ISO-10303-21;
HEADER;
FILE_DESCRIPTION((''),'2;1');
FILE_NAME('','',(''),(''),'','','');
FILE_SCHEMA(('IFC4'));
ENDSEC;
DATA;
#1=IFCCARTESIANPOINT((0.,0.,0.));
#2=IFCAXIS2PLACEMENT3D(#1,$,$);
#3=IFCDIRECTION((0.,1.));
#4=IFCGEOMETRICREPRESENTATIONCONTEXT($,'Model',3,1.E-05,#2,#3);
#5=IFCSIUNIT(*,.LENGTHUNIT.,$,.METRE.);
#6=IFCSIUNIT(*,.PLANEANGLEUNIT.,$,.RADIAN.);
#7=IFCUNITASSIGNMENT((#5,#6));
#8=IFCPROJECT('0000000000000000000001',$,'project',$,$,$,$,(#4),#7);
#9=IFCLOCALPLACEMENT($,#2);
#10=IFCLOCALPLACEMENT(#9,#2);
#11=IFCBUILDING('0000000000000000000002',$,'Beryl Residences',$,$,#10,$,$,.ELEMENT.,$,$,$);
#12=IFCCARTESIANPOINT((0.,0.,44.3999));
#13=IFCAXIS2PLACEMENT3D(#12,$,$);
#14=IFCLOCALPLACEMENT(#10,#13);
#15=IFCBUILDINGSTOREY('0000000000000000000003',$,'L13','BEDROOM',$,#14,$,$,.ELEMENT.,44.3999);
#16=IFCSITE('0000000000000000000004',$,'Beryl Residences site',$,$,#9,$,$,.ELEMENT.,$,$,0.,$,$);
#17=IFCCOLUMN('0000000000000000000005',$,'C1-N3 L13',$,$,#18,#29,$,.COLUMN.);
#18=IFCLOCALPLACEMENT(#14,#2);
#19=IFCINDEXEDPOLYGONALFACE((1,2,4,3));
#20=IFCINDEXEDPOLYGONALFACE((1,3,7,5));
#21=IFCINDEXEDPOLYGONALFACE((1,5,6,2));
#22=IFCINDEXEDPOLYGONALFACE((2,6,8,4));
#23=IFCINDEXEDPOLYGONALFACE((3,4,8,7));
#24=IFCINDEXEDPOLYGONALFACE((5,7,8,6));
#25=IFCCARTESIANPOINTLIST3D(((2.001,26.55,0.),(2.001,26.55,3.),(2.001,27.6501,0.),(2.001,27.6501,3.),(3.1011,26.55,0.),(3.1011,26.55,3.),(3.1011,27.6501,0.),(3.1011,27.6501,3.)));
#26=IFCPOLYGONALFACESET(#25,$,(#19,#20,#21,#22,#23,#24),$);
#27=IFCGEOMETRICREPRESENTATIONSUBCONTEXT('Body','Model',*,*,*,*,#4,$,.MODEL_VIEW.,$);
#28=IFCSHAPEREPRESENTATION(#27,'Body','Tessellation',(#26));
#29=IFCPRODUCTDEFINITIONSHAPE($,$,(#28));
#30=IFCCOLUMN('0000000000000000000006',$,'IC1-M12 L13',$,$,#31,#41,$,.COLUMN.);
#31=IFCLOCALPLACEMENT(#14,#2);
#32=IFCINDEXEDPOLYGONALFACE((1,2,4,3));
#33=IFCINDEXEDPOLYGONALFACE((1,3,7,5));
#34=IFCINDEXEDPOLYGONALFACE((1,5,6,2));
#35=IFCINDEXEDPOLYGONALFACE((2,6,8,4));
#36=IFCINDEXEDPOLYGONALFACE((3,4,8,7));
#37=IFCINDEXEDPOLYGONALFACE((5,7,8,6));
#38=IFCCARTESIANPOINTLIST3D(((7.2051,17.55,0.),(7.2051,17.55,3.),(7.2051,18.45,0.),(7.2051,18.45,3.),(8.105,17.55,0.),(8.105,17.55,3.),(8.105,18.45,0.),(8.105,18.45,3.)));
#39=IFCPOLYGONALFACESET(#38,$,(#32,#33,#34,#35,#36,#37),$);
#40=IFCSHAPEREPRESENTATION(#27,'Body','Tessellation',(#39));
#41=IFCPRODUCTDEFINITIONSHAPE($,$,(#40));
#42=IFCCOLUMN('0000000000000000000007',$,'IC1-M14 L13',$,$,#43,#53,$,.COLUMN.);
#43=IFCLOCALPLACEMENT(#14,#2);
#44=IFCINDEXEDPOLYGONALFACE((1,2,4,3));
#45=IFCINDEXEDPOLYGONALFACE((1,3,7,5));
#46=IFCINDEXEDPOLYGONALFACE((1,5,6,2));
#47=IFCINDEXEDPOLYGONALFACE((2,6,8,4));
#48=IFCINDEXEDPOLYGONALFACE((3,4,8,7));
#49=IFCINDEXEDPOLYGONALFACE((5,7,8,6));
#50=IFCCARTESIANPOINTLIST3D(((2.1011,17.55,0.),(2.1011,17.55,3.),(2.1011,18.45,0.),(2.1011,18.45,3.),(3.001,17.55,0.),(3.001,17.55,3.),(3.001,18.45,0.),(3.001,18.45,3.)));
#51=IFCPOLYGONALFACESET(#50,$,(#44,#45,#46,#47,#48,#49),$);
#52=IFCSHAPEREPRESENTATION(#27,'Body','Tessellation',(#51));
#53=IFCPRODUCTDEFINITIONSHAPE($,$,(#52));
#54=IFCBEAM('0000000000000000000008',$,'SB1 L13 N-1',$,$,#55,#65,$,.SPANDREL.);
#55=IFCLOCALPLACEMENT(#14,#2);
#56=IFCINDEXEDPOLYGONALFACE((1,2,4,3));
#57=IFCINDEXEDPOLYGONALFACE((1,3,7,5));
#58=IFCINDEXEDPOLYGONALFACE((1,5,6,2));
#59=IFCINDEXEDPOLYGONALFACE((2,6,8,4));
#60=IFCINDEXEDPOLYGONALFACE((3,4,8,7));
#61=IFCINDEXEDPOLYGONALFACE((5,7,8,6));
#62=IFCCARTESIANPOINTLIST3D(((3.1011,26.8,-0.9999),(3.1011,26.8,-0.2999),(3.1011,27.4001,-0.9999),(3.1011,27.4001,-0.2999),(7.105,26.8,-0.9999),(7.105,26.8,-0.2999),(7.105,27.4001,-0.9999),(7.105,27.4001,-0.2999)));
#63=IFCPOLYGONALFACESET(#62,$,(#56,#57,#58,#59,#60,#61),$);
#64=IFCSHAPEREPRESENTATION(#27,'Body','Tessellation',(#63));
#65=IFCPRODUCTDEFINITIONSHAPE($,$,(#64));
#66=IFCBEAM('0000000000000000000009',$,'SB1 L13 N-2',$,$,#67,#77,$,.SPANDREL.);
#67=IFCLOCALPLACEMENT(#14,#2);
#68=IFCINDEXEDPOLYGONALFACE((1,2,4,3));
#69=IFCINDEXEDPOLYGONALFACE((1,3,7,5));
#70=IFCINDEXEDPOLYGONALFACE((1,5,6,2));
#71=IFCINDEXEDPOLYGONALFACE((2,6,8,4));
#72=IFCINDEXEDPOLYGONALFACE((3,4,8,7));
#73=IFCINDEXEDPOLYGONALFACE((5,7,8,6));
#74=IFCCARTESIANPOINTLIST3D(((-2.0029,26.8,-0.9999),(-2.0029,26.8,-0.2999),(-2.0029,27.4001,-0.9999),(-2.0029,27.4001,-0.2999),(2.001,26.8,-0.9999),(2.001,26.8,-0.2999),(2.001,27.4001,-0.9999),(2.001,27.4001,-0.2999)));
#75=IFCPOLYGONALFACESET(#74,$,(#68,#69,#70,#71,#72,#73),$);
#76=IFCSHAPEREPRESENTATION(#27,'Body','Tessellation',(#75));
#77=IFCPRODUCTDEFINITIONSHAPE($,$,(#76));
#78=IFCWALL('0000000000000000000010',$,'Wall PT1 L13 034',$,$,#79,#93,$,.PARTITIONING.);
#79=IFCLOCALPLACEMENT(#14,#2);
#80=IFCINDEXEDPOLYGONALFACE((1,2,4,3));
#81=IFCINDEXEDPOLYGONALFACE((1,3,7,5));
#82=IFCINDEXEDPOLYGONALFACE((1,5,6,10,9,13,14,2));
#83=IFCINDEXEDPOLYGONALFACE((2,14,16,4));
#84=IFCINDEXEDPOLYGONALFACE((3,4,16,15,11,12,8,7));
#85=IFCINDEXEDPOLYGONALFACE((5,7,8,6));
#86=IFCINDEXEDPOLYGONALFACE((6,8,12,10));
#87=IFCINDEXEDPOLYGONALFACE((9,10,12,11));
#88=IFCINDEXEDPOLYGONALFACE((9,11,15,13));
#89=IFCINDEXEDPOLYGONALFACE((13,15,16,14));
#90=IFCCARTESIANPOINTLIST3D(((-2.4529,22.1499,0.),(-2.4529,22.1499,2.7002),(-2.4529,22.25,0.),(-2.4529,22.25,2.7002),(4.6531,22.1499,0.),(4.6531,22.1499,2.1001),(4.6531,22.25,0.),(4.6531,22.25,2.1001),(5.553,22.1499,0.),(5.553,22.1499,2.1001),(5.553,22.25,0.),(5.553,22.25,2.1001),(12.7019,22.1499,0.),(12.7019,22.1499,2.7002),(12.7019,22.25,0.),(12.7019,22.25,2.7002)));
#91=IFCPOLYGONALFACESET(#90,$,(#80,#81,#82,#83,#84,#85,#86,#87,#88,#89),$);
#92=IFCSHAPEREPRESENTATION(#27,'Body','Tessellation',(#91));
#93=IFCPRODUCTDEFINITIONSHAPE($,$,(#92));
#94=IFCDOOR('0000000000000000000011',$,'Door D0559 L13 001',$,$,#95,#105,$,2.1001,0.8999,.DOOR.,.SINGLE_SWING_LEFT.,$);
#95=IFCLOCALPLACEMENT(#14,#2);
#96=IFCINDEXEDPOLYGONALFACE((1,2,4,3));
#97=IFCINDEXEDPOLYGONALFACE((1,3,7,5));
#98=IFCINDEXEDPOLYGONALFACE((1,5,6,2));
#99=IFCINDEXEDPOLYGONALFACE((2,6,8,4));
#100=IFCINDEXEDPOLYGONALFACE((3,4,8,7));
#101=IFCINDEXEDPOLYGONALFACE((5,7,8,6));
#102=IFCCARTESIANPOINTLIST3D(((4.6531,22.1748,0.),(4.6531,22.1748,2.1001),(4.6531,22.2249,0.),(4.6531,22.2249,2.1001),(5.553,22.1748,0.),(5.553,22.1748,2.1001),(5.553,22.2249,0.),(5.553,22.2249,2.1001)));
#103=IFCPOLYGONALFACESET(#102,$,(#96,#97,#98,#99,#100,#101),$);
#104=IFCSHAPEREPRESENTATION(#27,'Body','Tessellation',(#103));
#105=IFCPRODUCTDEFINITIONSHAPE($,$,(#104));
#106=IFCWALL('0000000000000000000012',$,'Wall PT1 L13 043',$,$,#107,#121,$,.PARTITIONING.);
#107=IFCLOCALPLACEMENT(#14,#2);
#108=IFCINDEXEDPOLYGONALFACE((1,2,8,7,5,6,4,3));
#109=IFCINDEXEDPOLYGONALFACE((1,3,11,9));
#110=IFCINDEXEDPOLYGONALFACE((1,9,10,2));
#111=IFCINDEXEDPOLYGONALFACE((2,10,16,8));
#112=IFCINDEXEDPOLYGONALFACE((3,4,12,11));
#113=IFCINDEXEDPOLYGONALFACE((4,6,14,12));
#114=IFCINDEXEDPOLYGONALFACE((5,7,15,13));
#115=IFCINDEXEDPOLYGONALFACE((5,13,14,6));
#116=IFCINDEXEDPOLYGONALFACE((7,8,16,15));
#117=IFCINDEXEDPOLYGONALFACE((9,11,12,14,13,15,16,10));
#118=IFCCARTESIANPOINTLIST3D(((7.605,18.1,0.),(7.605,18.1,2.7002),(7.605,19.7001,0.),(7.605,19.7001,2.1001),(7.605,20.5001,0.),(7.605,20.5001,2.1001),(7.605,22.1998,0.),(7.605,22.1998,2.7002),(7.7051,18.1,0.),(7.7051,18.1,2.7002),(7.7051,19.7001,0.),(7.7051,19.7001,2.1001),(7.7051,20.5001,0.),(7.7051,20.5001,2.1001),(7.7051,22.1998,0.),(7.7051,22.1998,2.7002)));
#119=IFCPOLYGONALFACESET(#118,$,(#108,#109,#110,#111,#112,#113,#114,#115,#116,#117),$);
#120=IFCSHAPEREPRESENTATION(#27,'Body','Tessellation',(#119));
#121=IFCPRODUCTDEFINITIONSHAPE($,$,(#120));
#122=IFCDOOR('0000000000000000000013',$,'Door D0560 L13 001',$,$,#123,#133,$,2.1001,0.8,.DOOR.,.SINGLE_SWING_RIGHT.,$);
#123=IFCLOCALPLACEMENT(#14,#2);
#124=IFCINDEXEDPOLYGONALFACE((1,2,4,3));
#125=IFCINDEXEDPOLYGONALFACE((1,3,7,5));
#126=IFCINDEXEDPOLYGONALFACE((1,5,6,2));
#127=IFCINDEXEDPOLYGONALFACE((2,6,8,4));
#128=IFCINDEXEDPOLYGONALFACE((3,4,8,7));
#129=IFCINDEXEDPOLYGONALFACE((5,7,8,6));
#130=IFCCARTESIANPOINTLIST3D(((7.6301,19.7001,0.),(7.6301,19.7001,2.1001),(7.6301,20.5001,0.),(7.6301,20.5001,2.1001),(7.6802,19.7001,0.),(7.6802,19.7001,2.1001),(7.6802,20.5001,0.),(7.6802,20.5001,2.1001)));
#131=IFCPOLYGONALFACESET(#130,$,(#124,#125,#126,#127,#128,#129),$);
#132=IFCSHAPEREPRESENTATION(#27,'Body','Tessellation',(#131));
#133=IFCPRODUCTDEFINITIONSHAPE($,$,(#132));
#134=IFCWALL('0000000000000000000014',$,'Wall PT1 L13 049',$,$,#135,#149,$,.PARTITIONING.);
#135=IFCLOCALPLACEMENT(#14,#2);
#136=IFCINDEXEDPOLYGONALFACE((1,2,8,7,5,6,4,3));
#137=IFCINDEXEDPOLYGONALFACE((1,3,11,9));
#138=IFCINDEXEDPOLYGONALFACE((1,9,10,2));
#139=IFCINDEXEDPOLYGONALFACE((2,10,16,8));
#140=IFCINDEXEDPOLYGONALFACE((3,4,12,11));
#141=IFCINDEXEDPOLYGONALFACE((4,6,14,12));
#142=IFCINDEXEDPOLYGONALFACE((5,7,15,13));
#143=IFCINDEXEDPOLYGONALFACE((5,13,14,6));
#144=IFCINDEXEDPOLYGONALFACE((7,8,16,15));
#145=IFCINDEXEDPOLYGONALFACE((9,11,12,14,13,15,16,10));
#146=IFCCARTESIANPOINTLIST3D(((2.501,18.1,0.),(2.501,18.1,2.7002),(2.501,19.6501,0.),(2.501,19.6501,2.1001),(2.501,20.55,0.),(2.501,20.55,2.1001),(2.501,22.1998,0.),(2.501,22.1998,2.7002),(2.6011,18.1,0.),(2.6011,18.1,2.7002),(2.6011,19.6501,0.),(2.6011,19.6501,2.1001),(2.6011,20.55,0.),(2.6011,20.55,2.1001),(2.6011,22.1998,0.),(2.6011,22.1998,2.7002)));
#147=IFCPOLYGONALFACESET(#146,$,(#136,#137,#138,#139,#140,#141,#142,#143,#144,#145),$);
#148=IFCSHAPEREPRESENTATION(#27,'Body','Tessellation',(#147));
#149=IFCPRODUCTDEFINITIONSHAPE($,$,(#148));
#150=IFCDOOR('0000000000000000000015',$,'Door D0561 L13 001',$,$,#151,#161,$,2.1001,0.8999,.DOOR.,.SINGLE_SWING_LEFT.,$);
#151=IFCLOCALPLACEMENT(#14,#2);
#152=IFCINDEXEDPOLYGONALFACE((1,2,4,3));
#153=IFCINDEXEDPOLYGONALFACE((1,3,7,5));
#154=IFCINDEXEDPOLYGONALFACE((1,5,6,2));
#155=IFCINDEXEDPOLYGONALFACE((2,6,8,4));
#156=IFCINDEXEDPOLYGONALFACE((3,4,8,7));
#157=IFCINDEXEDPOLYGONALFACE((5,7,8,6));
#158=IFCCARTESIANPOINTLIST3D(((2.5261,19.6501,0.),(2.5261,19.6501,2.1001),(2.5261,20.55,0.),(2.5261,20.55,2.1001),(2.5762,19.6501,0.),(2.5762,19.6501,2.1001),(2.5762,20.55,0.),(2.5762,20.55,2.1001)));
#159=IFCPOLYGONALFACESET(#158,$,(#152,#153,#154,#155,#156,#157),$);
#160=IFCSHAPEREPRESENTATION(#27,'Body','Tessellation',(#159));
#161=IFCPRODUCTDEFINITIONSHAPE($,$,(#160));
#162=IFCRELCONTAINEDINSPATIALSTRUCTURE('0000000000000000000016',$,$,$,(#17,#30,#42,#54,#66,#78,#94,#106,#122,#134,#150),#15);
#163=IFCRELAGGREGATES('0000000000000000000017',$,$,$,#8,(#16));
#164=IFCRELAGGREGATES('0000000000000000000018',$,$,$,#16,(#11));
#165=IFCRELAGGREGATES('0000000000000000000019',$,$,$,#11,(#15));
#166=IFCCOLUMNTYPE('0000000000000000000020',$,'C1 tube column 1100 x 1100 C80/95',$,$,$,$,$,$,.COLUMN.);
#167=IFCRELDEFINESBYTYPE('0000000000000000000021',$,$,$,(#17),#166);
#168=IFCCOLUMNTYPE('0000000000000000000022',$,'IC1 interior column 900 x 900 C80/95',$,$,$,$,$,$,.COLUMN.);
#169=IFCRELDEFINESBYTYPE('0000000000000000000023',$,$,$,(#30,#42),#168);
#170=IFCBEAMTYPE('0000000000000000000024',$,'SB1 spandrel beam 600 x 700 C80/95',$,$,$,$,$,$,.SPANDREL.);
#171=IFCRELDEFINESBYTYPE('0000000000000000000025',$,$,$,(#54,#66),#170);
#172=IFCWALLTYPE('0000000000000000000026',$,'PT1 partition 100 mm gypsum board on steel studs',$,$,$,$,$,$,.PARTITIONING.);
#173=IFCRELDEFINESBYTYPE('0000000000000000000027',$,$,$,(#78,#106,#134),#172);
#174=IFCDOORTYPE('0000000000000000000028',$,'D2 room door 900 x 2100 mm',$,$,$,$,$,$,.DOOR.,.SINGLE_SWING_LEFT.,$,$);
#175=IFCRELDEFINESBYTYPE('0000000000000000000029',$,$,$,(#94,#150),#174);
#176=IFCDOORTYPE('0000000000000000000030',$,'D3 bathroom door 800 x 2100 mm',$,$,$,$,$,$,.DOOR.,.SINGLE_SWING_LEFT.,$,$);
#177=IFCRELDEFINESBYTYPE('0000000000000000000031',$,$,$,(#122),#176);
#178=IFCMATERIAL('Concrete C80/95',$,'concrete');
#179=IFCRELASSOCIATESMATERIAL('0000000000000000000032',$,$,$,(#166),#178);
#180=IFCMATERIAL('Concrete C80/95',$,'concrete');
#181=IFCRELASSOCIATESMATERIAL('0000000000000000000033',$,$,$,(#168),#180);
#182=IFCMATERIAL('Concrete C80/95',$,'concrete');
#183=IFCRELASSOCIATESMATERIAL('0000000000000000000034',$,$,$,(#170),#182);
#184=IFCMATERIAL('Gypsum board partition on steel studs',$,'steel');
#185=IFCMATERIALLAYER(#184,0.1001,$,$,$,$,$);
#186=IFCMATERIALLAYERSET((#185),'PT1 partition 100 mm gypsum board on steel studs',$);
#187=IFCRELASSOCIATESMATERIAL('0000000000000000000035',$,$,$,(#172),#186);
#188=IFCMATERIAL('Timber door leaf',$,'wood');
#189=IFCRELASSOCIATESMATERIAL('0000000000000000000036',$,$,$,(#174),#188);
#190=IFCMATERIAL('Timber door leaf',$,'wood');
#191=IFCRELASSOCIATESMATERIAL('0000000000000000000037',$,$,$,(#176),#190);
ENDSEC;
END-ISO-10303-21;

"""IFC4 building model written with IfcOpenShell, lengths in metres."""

from ifc_helpers import new_model, si_unit, direction, frame, frame_2d, origin, origin_2d, place, context, subcontext, project, spatial, rectangle, extrude, material, layer, layer_set, material_profile, profile_set, type_object, element, fill, save


model = new_model("IFC4")

# Units and contexts
model_context = context("Model", 3, precision=1e-05, world=origin(), true_north=direction((0.0, 1.0)))
body_context = subcontext(model_context, "Body", "Model", "MODEL_VIEW")
ifc_project = project(units=[si_unit("LENGTHUNIT", "METRE"), si_unit("PLANEANGLEUNIT", "RADIAN")], contexts=[model_context])

# Site, building, storey
site_placement = place(None, origin())
site = spatial("IfcSite", under=ifc_project, at=site_placement, Name="Beryl Residences site", CompositionType="ELEMENT", RefElevation=0.0)
building_placement = place(site_placement, origin())
building = spatial("IfcBuilding", under=site, at=building_placement, Name="Beryl Residences", CompositionType="ELEMENT")
storey_placement = place(building_placement, frame((0.0, 0.0, 44.3999)))
storey = spatial("IfcBuildingStorey", under=building, at=storey_placement, Name="L13", Description="BEDROOM", CompositionType="ELEMENT", Elevation=44.3999)

# Columns
ifc_material_1 = material(Name="Concrete C80/95", Category="concrete")
ifc_material_profile_1 = material_profile(ifc_material_1, rectangle(XDim=1.1001, YDim=1.1001, at=origin_2d()))
ifc_profile_set_1 = profile_set([ifc_material_profile_1], Name="Concrete C80/95")
column_type_1 = type_object("IfcColumnType", Name="C1 tube column 1100 x 1100 C80/95", PredefinedType="COLUMN", material=ifc_profile_set_1)
column_placement = place(storey_placement, frame((2.551, 27.1001, 0.0), z_axis=(0.0, 0.0, 1.0), x_axis=(-1.0, 0.0, 0.0)))
element("IfcColumn", 1, at=column_placement, inside=storey, type_object=column_type_1, Name="C1-N3 L13", PredefinedType="COLUMN", context=body_context, shape_type="SweptSolid", body=[
    extrude(rectangle(XDim=1.1001, YDim=1.1001, at=origin_2d()), origin(), (0.0, 0.0, 1.0), 3.0),
])
ifc_material_2 = material(Name="Concrete C80/95", Category="concrete")
ifc_material_profile_2 = material_profile(ifc_material_2, rectangle(XDim=0.8999, YDim=0.8999, at=origin_2d()))
ifc_profile_set_2 = profile_set([ifc_material_profile_2], Name="Concrete C80/95")
column_type_2 = type_object("IfcColumnType", Name="IC1 interior column 900 x 900 C80/95", PredefinedType="COLUMN", material=ifc_profile_set_2)
for number, where, z_axis, x_axis, name in (
    (2, (7.655, 18.0, 0.0), (0.0, 0.0, 1.0), (-1.0, 0.0, 0.0), "IC1-M12 L13"),
    (3, (2.551, 18.0, 0.0), (0.0, 0.0, 1.0), (-1.0, 0.0, 0.0), "IC1-M14 L13"),
):
    element("IfcColumn", number, at=place(storey_placement, frame(where, z_axis=z_axis, x_axis=x_axis)), inside=storey, type_object=column_type_2, Name=name, PredefinedType="COLUMN", context=body_context, shape_type="SweptSolid", body=[
        extrude(rectangle(XDim=0.8999, YDim=0.8999, at=origin_2d()), origin(), (0.0, 0.0, 1.0), 3.0),
    ])

# Beams
ifc_material_3 = material(Name="Concrete C80/95", Category="concrete")
ifc_material_profile_3 = material_profile(ifc_material_3, rectangle(XDim=0.6001, YDim=0.7, at=origin_2d()))
ifc_profile_set_3 = profile_set([ifc_material_profile_3], Name="Concrete C80/95")
beam_type = type_object("IfcBeamType", Name="SB1 spandrel beam 600 x 700 C80/95", PredefinedType="SPANDREL", material=ifc_profile_set_3)
for number, where, z_axis, x_axis, name in (
    (4, (7.105, 27.1001, -0.6499), (-1.0, 0.0, 0.0), (0.0, -1.0, 0.0), "SB1 L13 N-1"),
    (5, (2.001, 27.1001, -0.6499), (-1.0, 0.0, 0.0), (0.0, -1.0, 0.0), "SB1 L13 N-2"),
):
    element("IfcBeam", number, at=place(storey_placement, frame(where, z_axis=z_axis, x_axis=x_axis)), inside=storey, type_object=beam_type, Name=name, PredefinedType="SPANDREL", context=body_context, shape_type="SweptSolid", body=[
        extrude(rectangle(XDim=0.6001, YDim=0.7, at=origin_2d()), origin(), (0.0, 0.0, 1.0), 4.0039),
    ])

# Walls, openings, doors
ifc_material_4 = material(Name="Gypsum board partition on steel studs", Category="steel")
ifc_layer = layer(ifc_material_4, 0.1001)
ifc_layer_set = layer_set([ifc_layer], Name="PT1 partition 100 mm gypsum board on steel studs")
wall_type = type_object("IfcWallType", Name="PT1 partition 100 mm gypsum board on steel studs", PredefinedType="PARTITIONING", material=ifc_layer_set)
wall_1_placement = place(storey_placement, frame((-2.4529, 22.2, 0.0), z_axis=(0.0, 0.0, 1.0), x_axis=(1.0, 0.0, 0.0)))
wall_1 = element("IfcWall", 6, at=wall_1_placement, inside=storey, type_object=wall_type, Name="Wall PT1 L13 034", PredefinedType="PARTITIONING", context=body_context, shape_type="SweptSolid", body=[
    extrude(rectangle(XDim=15.1548, YDim=0.1001, at=frame_2d((7.5774, 0.0))), origin(), (0.0, 0.0, 1.0), 2.7002),
])
opening_1_placement = place(wall_1_placement, frame((7.106, 0.0, 0.0)))
opening_1 = element("IfcOpeningElement", 7, at=opening_1_placement, cuts=wall_1, PredefinedType="OPENING", context=body_context, shape_type="SweptSolid", body=[
    extrude(rectangle(XDim=0.8999, YDim=2.1001, at=frame_2d((0.45, 1.05))), frame((0.0, 0.0601, 0.0), z_axis=(0.0, -1.0, 0.0), x_axis=(1.0, 0.0, 0.0)), (0.0, 0.0, 1.0), 0.1201),
])
ifc_material_5 = material(Name="Timber door leaf", Category="wood")
door_type_1 = type_object("IfcDoorType", Name="D2 room door 900 x 2100 mm", OperationType="SINGLE_SWING_LEFT", PredefinedType="DOOR", material=ifc_material_5)
door_1_placement = place(opening_1_placement, origin())
door_1 = element("IfcDoor", 8, at=door_1_placement, inside=storey, type_object=door_type_1, Name="Door D0559 L13 001", OperationType="SINGLE_SWING_LEFT", OverallHeight=2.1001, OverallWidth=0.8999, PredefinedType="DOOR", context=body_context, shape_type="SweptSolid", body=[
    extrude(rectangle(XDim=0.8999, YDim=2.1001, at=frame_2d((0.45, 1.05))), frame((0.0, 0.0249, 0.0), z_axis=(0.0, -1.0, 0.0), x_axis=(1.0, 0.0, 0.0)), (0.0, 0.0, 1.0), 0.05),
])
fill(opening_1, door_1)
wall_2_placement = place(storey_placement, frame((7.655, 18.1001, 0.0), z_axis=(0.0, 0.0, 1.0), x_axis=(0.0, 1.0, 0.0)))
wall_2 = element("IfcWall", 9, at=wall_2_placement, inside=storey, type_object=wall_type, Name="Wall PT1 L13 043", PredefinedType="PARTITIONING", context=body_context, shape_type="SweptSolid", body=[
    extrude(rectangle(XDim=4.0999, YDim=0.1001, at=frame_2d((2.0498, 0.0))), origin(), (0.0, 0.0, 1.0), 2.7002),
])
opening_2_placement = place(wall_2_placement, frame((1.6001, 0.0, 0.0)))
opening_2 = element("IfcOpeningElement", 10, at=opening_2_placement, cuts=wall_2, PredefinedType="OPENING", context=body_context, shape_type="SweptSolid", body=[
    extrude(rectangle(XDim=0.8, YDim=2.1001, at=frame_2d((0.3999, 1.05))), frame((0.0, 0.0601, 0.0), z_axis=(0.0, -1.0, 0.0), x_axis=(1.0, 0.0, 0.0)), (0.0, 0.0, 1.0), 0.1201),
])
ifc_material_6 = material(Name="Timber door leaf", Category="wood")
door_type_2 = type_object("IfcDoorType", Name="D3 bathroom door 800 x 2100 mm", OperationType="SINGLE_SWING_LEFT", PredefinedType="DOOR", material=ifc_material_6)
door_2_placement = place(opening_2_placement, origin())
door_2 = element("IfcDoor", 11, at=door_2_placement, inside=storey, type_object=door_type_2, Name="Door D0560 L13 001", OperationType="SINGLE_SWING_RIGHT", OverallHeight=2.1001, OverallWidth=0.8, PredefinedType="DOOR", context=body_context, shape_type="SweptSolid", body=[
    extrude(rectangle(XDim=0.8, YDim=2.1001, at=frame_2d((0.3999, 1.05))), frame((0.0, 0.0249, 0.0), z_axis=(0.0, -1.0, 0.0), x_axis=(1.0, 0.0, 0.0)), (0.0, 0.0, 1.0), 0.05),
])
fill(opening_2, door_2)
wall_3_placement = place(storey_placement, frame((2.551, 18.1001, 0.0), z_axis=(0.0, 0.0, 1.0), x_axis=(0.0, 1.0, 0.0)))
wall_3 = element("IfcWall", 12, at=wall_3_placement, inside=storey, type_object=wall_type, Name="Wall PT1 L13 049", PredefinedType="PARTITIONING", context=body_context, shape_type="SweptSolid", body=[
    extrude(rectangle(XDim=4.0999, YDim=0.1001, at=frame_2d((2.0498, 0.0))), origin(), (0.0, 0.0, 1.0), 2.7002),
])
opening_3_placement = place(wall_3_placement, frame((1.55, 0.0, 0.0)))
opening_3 = element("IfcOpeningElement", 13, at=opening_3_placement, cuts=wall_3, PredefinedType="OPENING", context=body_context, shape_type="SweptSolid", body=[
    extrude(rectangle(XDim=0.8999, YDim=2.1001, at=frame_2d((0.45, 1.05))), frame((0.0, 0.0601, 0.0), z_axis=(0.0, -1.0, 0.0), x_axis=(1.0, 0.0, 0.0)), (0.0, 0.0, 1.0), 0.1201),
])
door_3_placement = place(opening_3_placement, origin())
door_3 = element("IfcDoor", 14, at=door_3_placement, inside=storey, type_object=door_type_1, Name="Door D0561 L13 001", OperationType="SINGLE_SWING_LEFT", OverallHeight=2.1001, OverallWidth=0.8999, PredefinedType="DOOR", context=body_context, shape_type="SweptSolid", body=[
    extrude(rectangle(XDim=0.8999, YDim=2.1001, at=frame_2d((0.45, 1.05))), frame((0.0, 0.0249, 0.0), z_axis=(0.0, -1.0, 0.0), x_axis=(1.0, 0.0, 0.0)), (0.0, 0.0, 1.0), 0.05),
])
fill(opening_3, door_3)

save(model, "model.ifc")
